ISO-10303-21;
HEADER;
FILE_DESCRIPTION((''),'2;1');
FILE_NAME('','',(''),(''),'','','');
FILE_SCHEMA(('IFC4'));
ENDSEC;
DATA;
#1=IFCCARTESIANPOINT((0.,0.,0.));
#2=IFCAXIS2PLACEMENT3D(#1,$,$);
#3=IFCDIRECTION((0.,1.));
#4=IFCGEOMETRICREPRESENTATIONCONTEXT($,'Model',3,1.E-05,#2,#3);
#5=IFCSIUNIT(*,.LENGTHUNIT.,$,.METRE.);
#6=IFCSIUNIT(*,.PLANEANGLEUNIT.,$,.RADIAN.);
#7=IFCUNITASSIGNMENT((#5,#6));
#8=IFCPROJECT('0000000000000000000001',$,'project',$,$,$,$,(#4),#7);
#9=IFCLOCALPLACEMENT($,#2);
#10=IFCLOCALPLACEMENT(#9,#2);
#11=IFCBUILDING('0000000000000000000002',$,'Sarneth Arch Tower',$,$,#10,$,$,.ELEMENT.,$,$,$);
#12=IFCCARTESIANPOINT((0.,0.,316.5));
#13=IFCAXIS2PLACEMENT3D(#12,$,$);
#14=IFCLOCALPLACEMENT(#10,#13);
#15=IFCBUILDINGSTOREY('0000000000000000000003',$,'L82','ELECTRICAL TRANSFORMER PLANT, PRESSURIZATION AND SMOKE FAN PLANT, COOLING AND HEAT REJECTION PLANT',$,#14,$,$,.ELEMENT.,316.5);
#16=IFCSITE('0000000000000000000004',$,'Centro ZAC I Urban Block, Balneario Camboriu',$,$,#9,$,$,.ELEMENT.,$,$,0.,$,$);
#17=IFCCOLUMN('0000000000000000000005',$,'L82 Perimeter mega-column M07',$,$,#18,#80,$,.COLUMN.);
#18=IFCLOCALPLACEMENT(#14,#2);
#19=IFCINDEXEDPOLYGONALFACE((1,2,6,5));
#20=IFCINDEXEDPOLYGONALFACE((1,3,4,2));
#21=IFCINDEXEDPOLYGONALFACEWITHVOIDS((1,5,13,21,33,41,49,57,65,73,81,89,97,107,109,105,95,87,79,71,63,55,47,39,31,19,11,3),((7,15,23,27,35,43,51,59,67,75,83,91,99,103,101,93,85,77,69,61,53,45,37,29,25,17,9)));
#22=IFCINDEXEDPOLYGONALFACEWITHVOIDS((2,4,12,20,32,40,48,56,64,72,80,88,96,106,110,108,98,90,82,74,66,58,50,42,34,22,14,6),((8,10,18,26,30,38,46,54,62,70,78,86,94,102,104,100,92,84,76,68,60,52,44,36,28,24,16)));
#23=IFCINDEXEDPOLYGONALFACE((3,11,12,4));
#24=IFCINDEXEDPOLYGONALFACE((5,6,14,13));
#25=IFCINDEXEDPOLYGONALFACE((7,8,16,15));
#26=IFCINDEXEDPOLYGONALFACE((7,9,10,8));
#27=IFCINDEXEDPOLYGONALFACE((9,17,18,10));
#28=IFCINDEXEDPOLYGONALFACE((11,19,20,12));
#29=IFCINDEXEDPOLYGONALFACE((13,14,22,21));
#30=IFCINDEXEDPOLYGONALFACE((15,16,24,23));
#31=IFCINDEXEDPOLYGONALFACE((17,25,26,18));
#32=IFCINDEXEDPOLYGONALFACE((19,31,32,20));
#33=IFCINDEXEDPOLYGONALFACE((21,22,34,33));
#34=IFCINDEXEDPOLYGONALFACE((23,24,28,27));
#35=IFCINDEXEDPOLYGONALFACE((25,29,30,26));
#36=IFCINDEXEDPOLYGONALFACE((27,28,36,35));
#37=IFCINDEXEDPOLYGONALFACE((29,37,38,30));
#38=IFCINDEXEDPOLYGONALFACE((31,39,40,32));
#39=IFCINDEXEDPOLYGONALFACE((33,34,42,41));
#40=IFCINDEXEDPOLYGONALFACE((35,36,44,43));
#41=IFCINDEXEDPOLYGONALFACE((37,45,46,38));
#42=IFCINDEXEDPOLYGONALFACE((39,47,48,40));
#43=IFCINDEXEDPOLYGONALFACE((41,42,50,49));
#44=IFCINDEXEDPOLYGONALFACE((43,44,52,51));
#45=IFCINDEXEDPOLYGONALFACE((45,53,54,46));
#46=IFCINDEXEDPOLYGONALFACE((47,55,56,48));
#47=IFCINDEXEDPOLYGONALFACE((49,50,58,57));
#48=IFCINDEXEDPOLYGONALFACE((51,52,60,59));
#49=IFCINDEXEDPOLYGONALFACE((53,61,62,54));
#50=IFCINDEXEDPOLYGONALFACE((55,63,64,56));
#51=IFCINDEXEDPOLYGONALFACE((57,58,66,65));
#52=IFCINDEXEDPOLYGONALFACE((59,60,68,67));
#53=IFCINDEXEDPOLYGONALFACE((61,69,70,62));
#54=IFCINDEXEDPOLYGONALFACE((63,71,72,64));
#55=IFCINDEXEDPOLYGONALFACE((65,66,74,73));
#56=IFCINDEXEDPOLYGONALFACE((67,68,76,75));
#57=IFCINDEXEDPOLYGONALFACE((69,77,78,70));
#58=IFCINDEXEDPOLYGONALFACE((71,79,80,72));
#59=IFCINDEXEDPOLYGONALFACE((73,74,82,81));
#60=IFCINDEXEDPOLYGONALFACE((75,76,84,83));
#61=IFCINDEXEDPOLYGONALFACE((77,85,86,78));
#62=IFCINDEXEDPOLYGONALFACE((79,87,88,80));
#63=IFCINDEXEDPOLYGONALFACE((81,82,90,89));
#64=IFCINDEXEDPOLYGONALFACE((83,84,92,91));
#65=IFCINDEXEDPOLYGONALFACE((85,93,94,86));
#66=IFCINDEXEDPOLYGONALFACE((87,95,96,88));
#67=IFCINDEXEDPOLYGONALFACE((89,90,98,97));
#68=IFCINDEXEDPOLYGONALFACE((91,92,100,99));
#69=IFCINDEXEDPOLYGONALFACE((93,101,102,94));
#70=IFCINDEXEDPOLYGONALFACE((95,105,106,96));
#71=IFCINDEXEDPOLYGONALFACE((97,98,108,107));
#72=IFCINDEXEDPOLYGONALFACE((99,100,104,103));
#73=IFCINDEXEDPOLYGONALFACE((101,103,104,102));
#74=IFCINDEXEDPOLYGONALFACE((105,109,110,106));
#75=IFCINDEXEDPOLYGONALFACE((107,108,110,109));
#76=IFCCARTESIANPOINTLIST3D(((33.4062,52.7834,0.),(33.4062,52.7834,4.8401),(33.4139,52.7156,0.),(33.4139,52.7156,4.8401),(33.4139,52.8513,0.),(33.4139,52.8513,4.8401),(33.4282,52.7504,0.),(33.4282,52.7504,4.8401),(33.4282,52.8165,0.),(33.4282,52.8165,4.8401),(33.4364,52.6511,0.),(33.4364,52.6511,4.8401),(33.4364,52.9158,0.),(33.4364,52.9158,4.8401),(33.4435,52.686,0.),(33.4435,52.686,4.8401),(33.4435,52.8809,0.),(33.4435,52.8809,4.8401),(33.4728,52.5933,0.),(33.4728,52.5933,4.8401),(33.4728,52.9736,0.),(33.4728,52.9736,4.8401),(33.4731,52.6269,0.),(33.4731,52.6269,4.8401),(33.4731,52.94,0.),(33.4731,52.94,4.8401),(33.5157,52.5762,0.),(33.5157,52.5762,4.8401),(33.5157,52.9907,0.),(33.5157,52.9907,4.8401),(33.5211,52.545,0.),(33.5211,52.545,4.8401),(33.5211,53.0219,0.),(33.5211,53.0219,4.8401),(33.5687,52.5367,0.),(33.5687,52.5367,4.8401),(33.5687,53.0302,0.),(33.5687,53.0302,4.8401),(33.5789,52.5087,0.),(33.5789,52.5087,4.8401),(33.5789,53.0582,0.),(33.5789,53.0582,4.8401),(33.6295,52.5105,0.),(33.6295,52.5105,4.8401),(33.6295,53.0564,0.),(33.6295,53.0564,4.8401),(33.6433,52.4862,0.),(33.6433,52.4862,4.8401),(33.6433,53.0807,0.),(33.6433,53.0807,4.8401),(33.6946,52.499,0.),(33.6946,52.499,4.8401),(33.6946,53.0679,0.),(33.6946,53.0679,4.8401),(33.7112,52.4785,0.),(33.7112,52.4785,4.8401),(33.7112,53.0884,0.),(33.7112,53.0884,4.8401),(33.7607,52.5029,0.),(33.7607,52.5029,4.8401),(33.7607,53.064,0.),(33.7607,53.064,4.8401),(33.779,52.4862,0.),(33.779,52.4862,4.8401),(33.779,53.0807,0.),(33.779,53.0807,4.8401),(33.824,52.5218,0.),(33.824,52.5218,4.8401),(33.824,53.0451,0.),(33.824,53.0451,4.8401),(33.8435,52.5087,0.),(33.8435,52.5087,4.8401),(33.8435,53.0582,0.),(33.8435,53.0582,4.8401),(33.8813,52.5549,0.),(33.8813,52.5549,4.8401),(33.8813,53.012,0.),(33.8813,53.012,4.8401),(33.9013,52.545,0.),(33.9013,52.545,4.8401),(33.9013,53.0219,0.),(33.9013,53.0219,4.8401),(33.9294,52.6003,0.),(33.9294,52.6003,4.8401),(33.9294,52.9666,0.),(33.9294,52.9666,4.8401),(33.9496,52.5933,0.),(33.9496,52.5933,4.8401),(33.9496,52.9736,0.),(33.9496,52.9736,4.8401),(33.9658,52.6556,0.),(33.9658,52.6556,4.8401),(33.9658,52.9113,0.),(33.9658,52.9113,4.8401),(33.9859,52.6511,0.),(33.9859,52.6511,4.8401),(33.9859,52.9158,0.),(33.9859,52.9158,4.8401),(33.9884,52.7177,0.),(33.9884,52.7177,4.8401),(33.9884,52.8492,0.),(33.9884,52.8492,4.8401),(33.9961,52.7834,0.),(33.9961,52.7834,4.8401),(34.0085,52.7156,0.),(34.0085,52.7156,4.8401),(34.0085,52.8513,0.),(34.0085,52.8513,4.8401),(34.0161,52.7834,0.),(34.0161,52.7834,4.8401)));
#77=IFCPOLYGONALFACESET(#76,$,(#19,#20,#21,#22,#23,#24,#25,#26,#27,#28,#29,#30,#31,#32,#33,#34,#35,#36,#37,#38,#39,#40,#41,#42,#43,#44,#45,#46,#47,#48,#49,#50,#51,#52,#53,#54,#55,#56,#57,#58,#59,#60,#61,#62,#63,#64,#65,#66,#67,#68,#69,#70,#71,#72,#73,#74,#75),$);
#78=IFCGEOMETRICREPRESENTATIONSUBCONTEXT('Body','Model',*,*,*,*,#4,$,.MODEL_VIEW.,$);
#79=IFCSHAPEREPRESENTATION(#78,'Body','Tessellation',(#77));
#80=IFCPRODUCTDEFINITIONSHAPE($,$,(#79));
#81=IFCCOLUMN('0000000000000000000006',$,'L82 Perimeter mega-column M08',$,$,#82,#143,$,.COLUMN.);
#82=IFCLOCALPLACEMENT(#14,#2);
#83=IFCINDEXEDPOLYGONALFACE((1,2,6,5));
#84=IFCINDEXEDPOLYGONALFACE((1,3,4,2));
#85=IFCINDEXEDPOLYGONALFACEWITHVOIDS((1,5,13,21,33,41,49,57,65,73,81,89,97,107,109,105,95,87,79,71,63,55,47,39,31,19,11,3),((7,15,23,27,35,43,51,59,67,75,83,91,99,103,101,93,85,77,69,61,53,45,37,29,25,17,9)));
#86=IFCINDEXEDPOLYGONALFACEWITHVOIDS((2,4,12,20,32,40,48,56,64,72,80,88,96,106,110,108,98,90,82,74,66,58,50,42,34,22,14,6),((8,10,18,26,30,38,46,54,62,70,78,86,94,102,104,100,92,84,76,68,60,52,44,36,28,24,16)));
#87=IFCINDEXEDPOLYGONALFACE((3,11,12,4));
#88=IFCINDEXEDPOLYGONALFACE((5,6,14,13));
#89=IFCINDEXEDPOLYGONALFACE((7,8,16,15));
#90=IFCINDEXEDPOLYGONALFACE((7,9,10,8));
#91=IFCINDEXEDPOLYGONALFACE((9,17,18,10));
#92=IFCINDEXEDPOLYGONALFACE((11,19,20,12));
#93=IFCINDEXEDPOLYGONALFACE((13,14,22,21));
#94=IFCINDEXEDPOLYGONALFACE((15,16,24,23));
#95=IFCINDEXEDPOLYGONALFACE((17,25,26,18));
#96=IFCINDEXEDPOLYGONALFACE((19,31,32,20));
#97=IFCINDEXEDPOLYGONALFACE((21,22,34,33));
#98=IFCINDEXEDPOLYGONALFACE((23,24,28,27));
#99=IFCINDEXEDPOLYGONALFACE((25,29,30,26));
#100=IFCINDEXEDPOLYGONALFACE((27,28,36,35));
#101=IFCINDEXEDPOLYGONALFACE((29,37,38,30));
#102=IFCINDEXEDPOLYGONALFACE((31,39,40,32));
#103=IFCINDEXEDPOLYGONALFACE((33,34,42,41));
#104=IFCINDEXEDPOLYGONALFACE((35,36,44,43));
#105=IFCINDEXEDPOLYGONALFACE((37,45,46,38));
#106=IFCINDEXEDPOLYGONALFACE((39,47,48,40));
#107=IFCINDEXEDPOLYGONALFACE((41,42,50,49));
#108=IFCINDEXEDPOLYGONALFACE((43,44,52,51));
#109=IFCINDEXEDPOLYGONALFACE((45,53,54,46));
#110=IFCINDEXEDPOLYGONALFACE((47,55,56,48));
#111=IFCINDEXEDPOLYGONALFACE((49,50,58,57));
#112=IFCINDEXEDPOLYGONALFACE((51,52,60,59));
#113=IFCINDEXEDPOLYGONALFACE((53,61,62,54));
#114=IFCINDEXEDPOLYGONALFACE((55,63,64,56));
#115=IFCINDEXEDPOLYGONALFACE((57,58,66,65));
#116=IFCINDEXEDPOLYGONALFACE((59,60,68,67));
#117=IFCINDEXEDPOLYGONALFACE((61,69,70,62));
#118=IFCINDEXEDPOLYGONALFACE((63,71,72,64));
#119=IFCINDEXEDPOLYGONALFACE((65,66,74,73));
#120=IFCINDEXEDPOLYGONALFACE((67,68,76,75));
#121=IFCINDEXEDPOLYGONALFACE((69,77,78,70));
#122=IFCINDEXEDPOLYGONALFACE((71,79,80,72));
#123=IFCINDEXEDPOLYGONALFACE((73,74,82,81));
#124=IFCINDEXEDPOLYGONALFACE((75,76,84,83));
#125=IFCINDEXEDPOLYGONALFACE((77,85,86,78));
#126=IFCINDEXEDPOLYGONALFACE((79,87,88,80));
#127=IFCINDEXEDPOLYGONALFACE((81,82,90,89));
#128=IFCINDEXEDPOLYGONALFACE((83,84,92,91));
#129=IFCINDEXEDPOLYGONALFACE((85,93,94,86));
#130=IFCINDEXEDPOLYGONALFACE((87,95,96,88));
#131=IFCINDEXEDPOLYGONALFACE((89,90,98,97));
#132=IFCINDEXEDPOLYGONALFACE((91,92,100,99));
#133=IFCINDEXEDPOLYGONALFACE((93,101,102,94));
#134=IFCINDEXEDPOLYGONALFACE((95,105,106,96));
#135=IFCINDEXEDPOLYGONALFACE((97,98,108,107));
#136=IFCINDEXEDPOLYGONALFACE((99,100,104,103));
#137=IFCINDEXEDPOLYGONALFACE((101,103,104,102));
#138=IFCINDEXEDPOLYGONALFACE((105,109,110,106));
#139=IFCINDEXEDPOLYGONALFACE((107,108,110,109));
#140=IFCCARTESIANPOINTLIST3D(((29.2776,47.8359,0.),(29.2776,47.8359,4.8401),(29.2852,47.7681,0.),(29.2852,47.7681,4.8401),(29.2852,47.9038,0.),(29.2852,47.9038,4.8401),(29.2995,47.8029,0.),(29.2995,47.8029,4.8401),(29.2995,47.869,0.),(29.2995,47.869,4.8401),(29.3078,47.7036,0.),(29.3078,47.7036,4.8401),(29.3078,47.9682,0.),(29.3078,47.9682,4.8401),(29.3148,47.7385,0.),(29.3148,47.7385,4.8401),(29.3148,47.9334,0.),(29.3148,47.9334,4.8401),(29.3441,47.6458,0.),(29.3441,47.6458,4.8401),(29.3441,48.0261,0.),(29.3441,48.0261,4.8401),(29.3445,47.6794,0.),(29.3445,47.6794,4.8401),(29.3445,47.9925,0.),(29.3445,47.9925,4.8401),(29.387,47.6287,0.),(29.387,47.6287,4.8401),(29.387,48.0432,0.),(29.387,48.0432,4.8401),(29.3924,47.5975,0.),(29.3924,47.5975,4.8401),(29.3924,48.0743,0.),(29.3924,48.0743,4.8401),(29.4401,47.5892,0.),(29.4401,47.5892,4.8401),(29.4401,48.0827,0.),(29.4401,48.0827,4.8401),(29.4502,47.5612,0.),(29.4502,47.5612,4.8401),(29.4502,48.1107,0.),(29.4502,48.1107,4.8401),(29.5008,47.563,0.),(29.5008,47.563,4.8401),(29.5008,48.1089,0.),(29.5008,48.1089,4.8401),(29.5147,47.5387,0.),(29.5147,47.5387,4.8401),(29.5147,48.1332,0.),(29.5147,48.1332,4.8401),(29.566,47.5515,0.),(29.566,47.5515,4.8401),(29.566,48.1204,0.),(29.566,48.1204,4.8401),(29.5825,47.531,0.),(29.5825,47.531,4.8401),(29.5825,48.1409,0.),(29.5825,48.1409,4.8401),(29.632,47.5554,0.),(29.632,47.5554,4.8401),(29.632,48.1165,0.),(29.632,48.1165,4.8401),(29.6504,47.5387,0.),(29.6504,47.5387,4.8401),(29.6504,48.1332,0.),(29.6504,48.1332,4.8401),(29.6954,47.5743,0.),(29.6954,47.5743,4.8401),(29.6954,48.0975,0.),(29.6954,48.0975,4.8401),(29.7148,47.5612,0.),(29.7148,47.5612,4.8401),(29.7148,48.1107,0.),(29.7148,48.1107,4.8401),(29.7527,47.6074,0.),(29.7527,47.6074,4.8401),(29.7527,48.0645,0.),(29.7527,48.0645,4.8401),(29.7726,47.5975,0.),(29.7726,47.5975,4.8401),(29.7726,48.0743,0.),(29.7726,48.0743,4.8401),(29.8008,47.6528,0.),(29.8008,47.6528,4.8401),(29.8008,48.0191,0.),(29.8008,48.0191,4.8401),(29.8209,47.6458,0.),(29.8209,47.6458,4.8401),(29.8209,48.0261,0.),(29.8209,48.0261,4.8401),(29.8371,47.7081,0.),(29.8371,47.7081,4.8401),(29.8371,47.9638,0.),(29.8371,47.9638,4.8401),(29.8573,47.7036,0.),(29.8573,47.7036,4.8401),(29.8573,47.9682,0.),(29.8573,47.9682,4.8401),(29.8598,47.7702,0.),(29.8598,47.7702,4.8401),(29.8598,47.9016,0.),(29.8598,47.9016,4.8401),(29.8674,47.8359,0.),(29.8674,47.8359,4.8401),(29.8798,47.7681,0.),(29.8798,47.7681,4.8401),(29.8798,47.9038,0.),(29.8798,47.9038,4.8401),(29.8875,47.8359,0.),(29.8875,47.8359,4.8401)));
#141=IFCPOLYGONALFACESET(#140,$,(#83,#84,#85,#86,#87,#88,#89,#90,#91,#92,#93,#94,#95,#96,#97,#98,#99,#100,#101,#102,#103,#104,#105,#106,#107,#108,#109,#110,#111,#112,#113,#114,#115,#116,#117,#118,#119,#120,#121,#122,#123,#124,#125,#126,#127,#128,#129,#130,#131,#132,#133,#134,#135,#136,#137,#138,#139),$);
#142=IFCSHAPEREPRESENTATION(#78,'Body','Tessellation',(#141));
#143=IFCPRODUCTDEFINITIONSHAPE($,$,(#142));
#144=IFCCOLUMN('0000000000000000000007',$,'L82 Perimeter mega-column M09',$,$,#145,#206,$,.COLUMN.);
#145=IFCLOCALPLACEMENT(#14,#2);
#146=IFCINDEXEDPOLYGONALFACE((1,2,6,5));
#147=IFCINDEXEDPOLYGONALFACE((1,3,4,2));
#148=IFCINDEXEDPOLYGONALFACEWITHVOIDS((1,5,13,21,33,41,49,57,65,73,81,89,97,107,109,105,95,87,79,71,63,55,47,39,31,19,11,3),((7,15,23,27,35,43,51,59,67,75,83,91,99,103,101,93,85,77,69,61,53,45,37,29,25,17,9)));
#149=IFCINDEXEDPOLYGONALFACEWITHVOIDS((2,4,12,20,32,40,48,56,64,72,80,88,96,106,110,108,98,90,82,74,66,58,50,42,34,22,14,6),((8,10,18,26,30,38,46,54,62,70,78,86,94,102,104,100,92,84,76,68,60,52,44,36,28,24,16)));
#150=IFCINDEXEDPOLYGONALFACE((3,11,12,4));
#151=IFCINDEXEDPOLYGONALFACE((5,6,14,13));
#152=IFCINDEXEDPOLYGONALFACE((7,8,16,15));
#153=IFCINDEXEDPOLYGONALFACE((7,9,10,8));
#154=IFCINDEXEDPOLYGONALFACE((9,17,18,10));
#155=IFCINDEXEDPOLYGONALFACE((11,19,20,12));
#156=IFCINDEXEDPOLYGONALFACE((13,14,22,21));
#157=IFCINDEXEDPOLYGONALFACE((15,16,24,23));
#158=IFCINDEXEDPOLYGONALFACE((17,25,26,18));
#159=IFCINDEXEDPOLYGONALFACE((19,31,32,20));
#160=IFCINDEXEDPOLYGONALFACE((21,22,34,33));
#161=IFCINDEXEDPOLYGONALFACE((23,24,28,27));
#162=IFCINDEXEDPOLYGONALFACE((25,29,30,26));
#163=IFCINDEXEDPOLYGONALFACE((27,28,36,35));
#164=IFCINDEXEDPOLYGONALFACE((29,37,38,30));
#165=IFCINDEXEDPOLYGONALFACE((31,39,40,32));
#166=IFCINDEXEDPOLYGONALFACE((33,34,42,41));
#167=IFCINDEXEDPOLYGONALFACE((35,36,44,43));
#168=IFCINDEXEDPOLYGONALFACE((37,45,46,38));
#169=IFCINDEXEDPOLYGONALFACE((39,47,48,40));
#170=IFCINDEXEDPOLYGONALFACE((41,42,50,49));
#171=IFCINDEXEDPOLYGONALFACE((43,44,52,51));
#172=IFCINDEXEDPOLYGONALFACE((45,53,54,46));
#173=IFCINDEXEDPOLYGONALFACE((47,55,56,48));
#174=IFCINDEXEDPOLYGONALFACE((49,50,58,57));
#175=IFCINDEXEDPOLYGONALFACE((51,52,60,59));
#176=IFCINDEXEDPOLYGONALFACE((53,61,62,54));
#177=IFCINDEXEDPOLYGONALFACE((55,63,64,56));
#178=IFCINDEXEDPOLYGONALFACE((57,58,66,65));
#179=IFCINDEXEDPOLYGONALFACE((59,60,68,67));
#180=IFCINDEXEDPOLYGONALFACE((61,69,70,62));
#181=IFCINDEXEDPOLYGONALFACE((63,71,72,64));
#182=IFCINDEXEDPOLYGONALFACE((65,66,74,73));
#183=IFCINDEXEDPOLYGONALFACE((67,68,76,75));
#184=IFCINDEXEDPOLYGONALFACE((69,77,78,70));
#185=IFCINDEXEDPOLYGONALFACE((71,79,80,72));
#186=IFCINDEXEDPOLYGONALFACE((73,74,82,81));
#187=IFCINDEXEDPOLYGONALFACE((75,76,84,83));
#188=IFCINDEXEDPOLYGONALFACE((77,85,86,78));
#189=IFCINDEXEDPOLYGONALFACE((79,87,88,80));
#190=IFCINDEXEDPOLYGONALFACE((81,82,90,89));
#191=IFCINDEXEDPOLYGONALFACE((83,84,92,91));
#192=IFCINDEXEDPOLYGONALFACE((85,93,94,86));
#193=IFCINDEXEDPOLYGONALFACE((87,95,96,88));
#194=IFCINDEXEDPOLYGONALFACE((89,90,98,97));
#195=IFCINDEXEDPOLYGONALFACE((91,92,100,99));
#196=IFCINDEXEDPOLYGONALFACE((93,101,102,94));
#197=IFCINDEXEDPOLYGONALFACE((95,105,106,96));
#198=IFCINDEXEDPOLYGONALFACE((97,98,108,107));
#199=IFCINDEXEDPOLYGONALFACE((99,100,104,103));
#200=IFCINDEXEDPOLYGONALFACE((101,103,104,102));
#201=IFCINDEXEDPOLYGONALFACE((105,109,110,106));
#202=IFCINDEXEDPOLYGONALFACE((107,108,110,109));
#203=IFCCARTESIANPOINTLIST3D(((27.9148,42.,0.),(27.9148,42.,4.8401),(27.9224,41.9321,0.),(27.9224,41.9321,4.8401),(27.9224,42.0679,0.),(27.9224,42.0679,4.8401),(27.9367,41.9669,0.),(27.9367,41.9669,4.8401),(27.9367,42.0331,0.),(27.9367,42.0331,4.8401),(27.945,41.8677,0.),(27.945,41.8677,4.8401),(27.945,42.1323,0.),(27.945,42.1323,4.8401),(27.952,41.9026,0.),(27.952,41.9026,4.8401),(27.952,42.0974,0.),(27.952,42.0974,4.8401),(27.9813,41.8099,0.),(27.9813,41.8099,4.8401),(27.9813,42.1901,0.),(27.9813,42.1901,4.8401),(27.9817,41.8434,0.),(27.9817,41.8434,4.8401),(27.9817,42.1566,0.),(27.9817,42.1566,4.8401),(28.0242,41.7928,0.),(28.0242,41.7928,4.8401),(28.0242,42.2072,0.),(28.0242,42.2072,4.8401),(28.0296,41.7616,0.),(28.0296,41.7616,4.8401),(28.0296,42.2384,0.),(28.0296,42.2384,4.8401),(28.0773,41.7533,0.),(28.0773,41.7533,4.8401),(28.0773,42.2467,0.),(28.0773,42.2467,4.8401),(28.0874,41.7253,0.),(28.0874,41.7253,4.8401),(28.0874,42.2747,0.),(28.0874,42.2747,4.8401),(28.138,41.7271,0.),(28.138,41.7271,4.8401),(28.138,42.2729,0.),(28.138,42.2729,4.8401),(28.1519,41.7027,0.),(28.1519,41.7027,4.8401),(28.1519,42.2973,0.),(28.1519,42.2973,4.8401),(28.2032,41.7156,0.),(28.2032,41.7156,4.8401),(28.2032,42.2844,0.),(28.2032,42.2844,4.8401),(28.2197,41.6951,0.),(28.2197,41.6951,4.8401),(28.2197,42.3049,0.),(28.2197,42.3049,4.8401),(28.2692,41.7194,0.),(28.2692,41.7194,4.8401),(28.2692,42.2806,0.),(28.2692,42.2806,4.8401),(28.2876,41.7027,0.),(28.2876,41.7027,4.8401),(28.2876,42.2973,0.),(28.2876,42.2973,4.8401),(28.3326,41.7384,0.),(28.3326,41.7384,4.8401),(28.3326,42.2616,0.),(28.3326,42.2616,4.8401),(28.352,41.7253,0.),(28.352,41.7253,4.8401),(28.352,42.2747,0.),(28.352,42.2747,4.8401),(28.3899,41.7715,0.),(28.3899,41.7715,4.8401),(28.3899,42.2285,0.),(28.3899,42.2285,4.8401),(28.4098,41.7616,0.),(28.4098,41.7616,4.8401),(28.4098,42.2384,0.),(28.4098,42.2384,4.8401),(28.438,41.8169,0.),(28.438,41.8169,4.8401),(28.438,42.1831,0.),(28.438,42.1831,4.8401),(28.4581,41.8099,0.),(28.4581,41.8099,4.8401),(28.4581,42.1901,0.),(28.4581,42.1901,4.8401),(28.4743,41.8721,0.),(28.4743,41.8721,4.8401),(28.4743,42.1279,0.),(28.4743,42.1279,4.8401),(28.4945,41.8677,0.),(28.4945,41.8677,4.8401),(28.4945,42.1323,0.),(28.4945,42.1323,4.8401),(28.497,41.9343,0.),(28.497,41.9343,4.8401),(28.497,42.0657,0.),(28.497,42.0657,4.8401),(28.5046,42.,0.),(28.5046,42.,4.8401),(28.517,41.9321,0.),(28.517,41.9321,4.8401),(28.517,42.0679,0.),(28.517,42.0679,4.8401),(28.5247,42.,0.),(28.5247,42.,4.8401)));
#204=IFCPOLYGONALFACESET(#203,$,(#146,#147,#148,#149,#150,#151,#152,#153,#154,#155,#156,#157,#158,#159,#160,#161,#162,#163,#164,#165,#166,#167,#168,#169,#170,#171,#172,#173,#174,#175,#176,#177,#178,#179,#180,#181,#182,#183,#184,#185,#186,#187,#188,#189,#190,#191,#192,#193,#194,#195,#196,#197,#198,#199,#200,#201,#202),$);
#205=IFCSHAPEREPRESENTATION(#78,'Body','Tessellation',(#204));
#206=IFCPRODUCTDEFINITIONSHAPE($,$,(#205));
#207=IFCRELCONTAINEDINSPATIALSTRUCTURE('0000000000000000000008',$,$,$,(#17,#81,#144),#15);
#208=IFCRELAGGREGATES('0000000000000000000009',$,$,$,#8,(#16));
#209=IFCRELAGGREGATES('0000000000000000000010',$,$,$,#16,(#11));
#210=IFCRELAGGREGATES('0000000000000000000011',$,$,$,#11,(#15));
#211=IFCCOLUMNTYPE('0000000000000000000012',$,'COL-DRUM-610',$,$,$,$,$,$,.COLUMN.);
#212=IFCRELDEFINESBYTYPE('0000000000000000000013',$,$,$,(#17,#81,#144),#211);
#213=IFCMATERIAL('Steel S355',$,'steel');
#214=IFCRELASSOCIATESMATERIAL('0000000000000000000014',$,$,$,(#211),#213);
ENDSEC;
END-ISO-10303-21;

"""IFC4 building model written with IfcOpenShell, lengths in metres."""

from ifc_helpers import new_model, si_unit, direction, frame, origin, origin_2d, place, context, subcontext, project, spatial, hollow_circle, extrude, material, material_profile, profile_set, type_object, element, save


model = new_model("IFC4")

# Units and contexts
model_context = context("Model", 3, precision=1e-05, world=origin(), true_north=direction((0.0, 1.0)))
body_context = subcontext(model_context, "Body", "Model", "MODEL_VIEW")
ifc_project = project(units=[si_unit("LENGTHUNIT", "METRE"), si_unit("PLANEANGLEUNIT", "RADIAN")], contexts=[model_context])

# Site, building, storey
site_placement = place(None, origin())
site = spatial("IfcSite", under=ifc_project, at=site_placement, Name="Centro ZAC I Urban Block, Balneario Camboriu", CompositionType="ELEMENT", RefElevation=0.0)
building_placement = place(site_placement, origin())
building = spatial("IfcBuilding", under=site, at=building_placement, Name="Sarneth Arch Tower", CompositionType="ELEMENT")
storey_placement = place(building_placement, frame((0.0, 0.0, 316.5)))
storey = spatial("IfcBuildingStorey", under=building, at=storey_placement, Name="L82", Description="ELECTRICAL TRANSFORMER PLANT, PRESSURIZATION AND SMOKE FAN PLANT, COOLING AND HEAT REJECTION PLANT", CompositionType="ELEMENT", Elevation=316.5)

# Columns
ifc_material_1 = material(Name="Steel S355", Category="steel")
ifc_material_profile_1 = material_profile(ifc_material_1, hollow_circle(Radius=0.3049, WallThickness=0.02, at=origin_2d()), Name="CHS610x20")
ifc_profile_set_1 = profile_set([ifc_material_profile_1], Name="Steel S355")
column_type = type_object("IfcColumnType", Name="COL-DRUM-610", PredefinedType="COLUMN", material=ifc_profile_set_1)
for number, where, z_axis, x_axis, name in (
    (1, (33.7112, 52.7834, 0.0), (0.0, 0.0, 1.0), (1.0, 0.0, 0.0), "L82 Perimeter mega-column M07"),
    (2, (29.5825, 47.8359, 0.0), (0.0, 0.0, 1.0), (1.0, 0.0, 0.0), "L82 Perimeter mega-column M08"),
    (3, (28.2197, 42.0, 0.0), (0.0, 0.0, 1.0), (1.0, 0.0, 0.0), "L82 Perimeter mega-column M09"),
):
    element("IfcColumn", number, at=place(storey_placement, frame(where, z_axis=z_axis, x_axis=x_axis)), inside=storey, type_object=column_type, Name=name, PredefinedType="COLUMN", context=body_context, shape_type="SweptSolid", body=[
        extrude(hollow_circle(Radius=0.3049, WallThickness=0.02, at=origin_2d()), origin(), (0.0, 0.0, 1.0), 4.8401),
    ])

save(model, "model.ifc")
